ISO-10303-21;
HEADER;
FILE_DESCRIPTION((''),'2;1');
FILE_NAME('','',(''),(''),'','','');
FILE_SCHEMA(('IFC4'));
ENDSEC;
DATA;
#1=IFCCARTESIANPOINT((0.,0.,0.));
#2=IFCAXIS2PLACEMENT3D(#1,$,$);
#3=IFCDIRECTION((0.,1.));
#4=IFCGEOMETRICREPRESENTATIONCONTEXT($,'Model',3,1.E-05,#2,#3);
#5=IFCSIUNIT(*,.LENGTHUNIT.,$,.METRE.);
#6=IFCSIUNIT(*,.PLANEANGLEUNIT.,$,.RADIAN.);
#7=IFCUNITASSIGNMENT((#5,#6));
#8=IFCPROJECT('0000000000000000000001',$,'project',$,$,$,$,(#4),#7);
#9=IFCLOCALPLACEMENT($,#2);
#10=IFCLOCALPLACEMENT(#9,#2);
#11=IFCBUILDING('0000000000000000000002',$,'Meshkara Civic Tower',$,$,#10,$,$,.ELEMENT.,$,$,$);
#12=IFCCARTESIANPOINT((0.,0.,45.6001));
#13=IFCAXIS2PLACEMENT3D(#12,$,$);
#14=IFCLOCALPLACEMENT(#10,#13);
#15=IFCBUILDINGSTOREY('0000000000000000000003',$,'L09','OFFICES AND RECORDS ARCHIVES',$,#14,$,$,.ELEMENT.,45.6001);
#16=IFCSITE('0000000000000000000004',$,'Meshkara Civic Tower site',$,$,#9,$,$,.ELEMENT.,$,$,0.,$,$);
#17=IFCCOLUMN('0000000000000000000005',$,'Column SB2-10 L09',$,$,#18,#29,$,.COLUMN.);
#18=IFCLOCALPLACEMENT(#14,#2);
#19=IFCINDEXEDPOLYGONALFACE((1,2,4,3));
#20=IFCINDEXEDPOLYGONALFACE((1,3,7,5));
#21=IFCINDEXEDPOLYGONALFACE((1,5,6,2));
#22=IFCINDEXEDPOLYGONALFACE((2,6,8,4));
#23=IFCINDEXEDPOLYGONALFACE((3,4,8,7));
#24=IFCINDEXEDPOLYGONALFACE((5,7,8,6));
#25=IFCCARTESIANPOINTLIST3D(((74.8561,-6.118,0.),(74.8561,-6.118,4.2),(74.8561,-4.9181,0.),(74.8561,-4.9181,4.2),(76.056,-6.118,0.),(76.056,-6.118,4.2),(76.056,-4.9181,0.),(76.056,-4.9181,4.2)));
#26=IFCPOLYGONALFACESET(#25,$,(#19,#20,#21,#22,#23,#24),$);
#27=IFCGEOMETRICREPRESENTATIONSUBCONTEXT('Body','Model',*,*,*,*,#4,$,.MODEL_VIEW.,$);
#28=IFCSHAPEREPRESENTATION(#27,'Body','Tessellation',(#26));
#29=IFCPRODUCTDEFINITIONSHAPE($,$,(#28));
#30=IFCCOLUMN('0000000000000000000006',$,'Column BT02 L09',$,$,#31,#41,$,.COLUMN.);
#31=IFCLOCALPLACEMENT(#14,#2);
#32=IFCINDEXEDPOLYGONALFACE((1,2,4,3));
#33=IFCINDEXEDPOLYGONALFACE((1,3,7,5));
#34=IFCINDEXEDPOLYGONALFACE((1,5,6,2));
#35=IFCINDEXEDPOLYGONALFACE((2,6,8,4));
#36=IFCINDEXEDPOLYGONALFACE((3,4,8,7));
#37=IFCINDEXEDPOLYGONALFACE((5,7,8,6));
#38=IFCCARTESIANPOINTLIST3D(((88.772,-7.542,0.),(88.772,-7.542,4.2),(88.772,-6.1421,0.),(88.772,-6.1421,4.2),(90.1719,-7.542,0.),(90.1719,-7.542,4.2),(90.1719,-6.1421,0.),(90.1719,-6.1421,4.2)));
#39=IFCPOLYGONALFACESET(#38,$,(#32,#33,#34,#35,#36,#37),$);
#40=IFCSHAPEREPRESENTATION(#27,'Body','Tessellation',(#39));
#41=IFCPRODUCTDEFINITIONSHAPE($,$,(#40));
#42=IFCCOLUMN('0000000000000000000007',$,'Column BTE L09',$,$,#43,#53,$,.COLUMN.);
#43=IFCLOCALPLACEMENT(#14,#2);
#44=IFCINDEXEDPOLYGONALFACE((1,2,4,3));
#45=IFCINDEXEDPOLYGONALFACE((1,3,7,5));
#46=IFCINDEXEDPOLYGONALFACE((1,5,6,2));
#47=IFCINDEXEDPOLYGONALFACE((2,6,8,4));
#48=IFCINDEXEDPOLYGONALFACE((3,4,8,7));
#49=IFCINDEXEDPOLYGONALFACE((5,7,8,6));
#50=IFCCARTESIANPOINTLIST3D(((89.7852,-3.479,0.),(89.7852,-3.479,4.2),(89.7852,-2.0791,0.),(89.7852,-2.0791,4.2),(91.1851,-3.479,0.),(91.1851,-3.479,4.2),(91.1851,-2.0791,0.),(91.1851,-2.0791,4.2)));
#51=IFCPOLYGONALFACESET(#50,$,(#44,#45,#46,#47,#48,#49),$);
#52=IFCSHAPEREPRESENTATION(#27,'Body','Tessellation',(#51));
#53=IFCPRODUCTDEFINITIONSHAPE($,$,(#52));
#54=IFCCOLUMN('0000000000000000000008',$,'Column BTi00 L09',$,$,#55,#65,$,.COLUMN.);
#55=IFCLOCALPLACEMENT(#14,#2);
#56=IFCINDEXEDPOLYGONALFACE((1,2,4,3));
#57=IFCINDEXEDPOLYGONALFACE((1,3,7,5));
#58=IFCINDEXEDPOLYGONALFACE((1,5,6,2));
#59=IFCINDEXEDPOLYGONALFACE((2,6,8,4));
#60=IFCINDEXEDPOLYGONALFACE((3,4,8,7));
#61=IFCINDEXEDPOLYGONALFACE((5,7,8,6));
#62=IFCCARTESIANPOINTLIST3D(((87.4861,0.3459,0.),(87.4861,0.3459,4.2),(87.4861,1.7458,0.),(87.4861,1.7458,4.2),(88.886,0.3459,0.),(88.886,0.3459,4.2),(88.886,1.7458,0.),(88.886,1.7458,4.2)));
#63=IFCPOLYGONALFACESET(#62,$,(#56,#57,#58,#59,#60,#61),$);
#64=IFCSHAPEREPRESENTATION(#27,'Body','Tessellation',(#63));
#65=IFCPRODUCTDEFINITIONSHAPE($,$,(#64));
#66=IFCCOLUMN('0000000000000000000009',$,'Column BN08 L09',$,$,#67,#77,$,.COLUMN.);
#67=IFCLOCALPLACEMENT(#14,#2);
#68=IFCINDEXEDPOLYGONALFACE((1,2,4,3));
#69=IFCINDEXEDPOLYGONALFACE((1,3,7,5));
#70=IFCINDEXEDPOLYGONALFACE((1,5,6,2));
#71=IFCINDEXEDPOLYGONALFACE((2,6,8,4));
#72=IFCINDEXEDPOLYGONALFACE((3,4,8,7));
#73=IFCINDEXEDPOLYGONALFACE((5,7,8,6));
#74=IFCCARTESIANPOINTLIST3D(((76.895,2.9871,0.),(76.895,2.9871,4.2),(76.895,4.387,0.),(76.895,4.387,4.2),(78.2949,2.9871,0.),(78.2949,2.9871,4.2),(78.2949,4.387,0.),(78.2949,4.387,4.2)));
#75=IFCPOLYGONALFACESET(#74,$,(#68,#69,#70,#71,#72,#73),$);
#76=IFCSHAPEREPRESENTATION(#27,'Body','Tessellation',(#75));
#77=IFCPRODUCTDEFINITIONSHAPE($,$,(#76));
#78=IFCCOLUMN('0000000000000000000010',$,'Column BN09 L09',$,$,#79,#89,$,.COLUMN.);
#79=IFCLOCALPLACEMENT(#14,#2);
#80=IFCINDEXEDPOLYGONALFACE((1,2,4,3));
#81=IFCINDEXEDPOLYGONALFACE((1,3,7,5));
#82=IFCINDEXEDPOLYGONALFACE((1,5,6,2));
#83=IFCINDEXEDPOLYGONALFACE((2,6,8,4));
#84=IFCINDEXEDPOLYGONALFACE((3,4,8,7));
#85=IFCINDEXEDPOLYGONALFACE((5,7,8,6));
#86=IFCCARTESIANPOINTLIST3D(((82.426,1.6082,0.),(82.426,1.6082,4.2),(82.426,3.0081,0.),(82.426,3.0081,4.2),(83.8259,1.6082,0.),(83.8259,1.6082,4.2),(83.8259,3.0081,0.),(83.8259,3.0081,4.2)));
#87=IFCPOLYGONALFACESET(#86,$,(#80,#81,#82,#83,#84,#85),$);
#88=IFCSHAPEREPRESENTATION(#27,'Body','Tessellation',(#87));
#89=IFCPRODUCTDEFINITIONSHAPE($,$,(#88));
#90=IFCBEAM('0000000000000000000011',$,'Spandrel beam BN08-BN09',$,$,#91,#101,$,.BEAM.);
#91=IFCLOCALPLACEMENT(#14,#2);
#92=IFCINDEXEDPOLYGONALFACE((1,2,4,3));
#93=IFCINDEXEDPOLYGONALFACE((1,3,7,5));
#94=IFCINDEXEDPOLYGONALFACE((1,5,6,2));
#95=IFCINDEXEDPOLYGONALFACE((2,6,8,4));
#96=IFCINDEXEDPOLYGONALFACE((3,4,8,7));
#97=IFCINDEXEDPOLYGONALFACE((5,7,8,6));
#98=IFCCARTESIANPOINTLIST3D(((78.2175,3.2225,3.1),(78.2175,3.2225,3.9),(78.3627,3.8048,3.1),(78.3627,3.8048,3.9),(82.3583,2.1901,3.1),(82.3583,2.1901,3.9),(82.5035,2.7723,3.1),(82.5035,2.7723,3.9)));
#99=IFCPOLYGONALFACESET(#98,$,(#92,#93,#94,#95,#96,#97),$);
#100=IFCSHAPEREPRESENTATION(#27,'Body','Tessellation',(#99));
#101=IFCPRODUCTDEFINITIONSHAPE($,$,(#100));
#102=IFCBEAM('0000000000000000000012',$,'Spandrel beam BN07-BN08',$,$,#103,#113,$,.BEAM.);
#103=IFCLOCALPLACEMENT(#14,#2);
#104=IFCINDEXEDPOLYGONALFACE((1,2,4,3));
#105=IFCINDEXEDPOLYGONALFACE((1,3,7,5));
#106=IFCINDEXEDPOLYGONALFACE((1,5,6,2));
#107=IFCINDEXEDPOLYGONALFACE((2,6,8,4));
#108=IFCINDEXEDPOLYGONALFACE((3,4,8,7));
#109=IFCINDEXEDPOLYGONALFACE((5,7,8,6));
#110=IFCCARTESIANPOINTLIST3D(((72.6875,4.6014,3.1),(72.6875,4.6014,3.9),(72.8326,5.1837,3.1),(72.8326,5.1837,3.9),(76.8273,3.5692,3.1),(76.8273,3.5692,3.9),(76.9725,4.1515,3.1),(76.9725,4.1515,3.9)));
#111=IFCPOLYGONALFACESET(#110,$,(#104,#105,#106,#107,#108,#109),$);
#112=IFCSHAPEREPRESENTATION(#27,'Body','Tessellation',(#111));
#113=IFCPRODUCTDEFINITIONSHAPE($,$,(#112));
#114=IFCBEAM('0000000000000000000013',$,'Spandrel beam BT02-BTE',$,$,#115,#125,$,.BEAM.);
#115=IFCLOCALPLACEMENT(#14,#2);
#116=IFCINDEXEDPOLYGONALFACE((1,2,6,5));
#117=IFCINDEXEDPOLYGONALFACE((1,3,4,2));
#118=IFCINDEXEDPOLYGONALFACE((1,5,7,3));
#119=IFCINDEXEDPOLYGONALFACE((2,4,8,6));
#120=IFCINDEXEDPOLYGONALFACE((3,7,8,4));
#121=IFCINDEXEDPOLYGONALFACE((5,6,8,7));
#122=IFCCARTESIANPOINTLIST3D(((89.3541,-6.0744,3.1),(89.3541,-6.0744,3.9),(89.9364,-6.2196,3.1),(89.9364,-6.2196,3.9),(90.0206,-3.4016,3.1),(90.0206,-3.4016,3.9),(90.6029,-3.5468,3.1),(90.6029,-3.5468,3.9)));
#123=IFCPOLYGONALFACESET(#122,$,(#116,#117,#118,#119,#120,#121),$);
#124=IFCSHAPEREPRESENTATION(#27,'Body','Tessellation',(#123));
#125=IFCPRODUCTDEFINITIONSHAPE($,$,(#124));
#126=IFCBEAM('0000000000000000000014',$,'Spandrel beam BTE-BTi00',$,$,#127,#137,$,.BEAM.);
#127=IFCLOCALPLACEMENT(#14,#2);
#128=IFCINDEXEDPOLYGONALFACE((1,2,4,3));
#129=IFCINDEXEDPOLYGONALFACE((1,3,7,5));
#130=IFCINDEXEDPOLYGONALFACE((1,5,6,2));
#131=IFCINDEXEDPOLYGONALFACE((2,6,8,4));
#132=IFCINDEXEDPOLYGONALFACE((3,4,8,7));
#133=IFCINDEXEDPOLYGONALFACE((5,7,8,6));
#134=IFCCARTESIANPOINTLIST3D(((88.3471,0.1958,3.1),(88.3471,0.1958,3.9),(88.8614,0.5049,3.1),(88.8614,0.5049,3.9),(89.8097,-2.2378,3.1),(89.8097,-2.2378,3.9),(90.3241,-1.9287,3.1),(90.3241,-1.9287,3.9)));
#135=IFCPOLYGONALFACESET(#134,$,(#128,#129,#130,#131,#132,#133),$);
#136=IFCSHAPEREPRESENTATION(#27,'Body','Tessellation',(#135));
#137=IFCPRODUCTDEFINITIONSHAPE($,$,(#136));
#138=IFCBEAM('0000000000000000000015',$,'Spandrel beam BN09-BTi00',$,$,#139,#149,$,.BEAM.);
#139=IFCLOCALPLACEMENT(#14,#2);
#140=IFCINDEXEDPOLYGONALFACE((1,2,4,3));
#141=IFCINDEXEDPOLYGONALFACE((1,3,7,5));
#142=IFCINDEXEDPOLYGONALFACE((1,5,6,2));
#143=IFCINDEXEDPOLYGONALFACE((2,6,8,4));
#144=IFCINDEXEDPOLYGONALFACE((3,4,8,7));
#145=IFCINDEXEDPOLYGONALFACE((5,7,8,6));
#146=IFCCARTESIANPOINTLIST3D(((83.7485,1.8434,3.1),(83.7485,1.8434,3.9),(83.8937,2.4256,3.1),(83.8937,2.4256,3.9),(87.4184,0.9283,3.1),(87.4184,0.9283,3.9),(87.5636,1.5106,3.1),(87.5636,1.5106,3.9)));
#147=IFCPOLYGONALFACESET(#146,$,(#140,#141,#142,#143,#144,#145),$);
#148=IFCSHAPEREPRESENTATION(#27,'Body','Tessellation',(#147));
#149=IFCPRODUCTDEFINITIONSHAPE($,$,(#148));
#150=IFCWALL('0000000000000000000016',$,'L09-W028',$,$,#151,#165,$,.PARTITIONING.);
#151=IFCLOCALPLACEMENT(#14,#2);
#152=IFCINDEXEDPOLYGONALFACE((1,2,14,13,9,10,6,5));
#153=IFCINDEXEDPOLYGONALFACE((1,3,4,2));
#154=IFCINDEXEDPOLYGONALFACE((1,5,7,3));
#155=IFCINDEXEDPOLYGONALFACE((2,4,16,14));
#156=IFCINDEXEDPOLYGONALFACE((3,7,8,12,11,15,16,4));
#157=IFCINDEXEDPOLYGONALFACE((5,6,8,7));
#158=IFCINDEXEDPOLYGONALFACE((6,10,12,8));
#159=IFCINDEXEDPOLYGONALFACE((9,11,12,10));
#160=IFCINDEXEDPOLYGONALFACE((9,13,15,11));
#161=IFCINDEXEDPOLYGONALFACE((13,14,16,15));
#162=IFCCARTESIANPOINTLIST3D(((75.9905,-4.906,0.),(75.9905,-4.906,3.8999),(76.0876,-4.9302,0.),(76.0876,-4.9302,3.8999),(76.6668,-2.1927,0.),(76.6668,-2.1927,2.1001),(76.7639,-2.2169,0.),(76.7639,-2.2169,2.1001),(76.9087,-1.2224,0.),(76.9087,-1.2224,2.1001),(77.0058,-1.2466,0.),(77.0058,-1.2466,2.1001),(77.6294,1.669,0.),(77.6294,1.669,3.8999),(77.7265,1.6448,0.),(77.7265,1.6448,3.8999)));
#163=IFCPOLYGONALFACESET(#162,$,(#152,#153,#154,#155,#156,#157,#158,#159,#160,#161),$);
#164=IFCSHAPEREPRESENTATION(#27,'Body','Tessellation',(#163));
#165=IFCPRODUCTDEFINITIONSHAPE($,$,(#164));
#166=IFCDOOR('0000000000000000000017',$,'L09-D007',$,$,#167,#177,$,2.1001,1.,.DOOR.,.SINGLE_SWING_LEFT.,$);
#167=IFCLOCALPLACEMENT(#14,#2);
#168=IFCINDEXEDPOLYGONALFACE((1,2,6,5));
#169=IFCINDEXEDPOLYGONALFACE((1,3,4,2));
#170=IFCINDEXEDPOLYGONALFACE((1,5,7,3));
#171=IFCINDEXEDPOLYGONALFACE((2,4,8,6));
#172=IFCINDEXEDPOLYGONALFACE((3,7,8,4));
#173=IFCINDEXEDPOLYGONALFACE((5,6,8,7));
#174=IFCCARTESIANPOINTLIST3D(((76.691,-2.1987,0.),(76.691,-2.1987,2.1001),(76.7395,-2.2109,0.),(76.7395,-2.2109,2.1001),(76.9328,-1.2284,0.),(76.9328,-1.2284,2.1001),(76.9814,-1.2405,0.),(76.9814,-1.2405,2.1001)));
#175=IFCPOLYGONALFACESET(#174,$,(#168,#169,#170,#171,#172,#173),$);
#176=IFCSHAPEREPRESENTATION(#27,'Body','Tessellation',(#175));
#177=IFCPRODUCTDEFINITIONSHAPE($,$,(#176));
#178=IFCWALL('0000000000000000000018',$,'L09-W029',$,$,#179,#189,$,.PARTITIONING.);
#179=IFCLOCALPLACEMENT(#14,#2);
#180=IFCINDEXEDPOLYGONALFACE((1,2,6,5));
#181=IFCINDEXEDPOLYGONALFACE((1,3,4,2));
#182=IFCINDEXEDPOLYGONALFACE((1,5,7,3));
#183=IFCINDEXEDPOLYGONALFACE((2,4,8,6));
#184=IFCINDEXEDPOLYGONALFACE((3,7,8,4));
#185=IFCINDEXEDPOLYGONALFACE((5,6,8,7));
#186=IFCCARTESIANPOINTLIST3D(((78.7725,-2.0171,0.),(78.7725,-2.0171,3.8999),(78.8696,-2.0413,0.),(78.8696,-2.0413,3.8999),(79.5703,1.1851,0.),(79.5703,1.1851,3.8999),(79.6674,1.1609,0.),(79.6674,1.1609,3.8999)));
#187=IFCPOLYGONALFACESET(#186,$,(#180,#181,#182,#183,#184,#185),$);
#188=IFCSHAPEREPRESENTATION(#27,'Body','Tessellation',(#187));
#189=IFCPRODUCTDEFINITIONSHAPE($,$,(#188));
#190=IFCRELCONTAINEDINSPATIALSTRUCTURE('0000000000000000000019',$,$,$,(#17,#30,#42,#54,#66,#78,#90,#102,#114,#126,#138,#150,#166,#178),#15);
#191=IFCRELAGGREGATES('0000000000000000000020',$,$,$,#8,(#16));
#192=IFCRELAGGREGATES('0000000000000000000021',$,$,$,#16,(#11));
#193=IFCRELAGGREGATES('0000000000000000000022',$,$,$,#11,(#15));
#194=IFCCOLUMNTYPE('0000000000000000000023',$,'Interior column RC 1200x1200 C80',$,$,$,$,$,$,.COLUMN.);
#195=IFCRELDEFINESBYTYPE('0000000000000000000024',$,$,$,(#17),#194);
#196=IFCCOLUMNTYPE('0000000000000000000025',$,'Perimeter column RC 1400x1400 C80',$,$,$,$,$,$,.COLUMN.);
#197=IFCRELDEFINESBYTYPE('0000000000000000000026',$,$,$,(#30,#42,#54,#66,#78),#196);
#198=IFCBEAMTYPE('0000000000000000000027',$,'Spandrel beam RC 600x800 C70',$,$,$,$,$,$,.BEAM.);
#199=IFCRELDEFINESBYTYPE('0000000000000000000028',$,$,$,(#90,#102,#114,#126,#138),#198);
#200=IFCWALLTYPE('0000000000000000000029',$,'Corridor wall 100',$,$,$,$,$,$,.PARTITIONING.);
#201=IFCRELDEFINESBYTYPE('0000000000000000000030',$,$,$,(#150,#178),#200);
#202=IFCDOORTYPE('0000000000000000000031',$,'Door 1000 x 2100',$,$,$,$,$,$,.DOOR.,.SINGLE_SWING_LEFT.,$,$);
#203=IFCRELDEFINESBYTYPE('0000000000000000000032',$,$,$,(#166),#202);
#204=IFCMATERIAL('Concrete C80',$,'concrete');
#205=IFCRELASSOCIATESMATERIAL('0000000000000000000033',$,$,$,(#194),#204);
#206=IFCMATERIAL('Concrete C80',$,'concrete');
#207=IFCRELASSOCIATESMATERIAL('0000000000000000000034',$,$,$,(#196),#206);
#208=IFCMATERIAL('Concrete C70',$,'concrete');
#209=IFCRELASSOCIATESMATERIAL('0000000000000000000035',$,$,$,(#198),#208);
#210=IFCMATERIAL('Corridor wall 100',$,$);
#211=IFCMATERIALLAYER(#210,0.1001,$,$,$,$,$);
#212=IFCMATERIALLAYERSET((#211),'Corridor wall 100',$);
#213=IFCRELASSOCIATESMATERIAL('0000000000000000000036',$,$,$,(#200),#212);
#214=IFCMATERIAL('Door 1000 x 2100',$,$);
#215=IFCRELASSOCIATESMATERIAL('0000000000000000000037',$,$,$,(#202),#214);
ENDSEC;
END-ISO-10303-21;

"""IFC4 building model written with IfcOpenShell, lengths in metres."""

from ifc_helpers import new_model, si_unit, direction, frame, frame_2d, origin, origin_2d, place, context, subcontext, project, spatial, rectangle, extrude, material, layer, layer_set, material_profile, profile_set, type_object, element, fill, save


model = new_model("IFC4")

# Units and contexts
model_context = context("Model", 3, precision=1e-05, world=origin(), true_north=direction((0.0, 1.0)))
body_context = subcontext(model_context, "Body", "Model", "MODEL_VIEW")
ifc_project = project(units=[si_unit("LENGTHUNIT", "METRE"), si_unit("PLANEANGLEUNIT", "RADIAN")], contexts=[model_context])

# Site, building, storey
site_placement = place(None, origin())
site = spatial("IfcSite", under=ifc_project, at=site_placement, Name="Meshkara Civic Tower site", CompositionType="ELEMENT", RefElevation=0.0)
building_placement = place(site_placement, origin())
building = spatial("IfcBuilding", under=site, at=building_placement, Name="Meshkara Civic Tower", CompositionType="ELEMENT")
storey_placement = place(building_placement, frame((0.0, 0.0, 45.6001)))
storey = spatial("IfcBuildingStorey", under=building, at=storey_placement, Name="L09", Description="OFFICES AND RECORDS ARCHIVES", CompositionType="ELEMENT", Elevation=45.6001)

# Columns
ifc_material_1 = material(Name="Concrete C80", Category="concrete")
ifc_material_profile_1 = material_profile(ifc_material_1, rectangle(XDim=1.2, YDim=1.2, at=origin_2d()))
ifc_profile_set_1 = profile_set([ifc_material_profile_1], Name="Concrete C80")
column_type_1 = type_object("IfcColumnType", Name="Interior column RC 1200x1200 C80", PredefinedType="COLUMN", material=ifc_profile_set_1)
column_placement = place(storey_placement, frame((75.4561, -5.5181, 0.0), z_axis=(0.0, 0.0, 1.0), x_axis=(1.0, 0.0, 0.0)))
element("IfcColumn", 1, at=column_placement, inside=storey, type_object=column_type_1, Name="Column SB2-10 L09", PredefinedType="COLUMN", context=body_context, shape_type="SweptSolid", body=[
    extrude(rectangle(XDim=1.2, YDim=1.2, at=origin_2d()), origin(), (0.0, 0.0, 1.0), 4.2),
])
ifc_material_2 = material(Name="Concrete C80", Category="concrete")
ifc_material_profile_2 = material_profile(ifc_material_2, rectangle(XDim=1.3999, YDim=1.3999, at=origin_2d()))
ifc_profile_set_2 = profile_set([ifc_material_profile_2], Name="Concrete C80")
column_type_2 = type_object("IfcColumnType", Name="Perimeter column RC 1400x1400 C80", PredefinedType="COLUMN", material=ifc_profile_set_2)
for number, where, z_axis, x_axis, name in (
    (2, (89.4719, -6.842, 0.0), (0.0, 0.0, 1.0), (1.0, 0.0, 0.0), "Column BT02 L09"),
    (3, (90.4851, -2.7791, 0.0), (0.0, 0.0, 1.0), (1.0, 0.0, 0.0), "Column BTE L09"),
    (4, (88.186, 1.0459, 0.0), (0.0, 0.0, 1.0), (1.0, 0.0, 0.0), "Column BTi00 L09"),
    (5, (77.595, 3.687, 0.0), (0.0, 0.0, 1.0), (1.0, 0.0, 0.0), "Column BN08 L09"),
    (6, (83.126, 2.3081, 0.0), (0.0, 0.0, 1.0), (1.0, 0.0, 0.0), "Column BN09 L09"),
):
    element("IfcColumn", number, at=place(storey_placement, frame(where, z_axis=z_axis, x_axis=x_axis)), inside=storey, type_object=column_type_2, Name=name, PredefinedType="COLUMN", context=body_context, shape_type="SweptSolid", body=[
        extrude(rectangle(XDim=1.3999, YDim=1.3999, at=origin_2d()), origin(), (0.0, 0.0, 1.0), 4.2),
    ])

# Beams
ifc_material_3 = material(Name="Concrete C70", Category="concrete")
ifc_material_profile_3 = material_profile(ifc_material_3, rectangle(XDim=0.6001, YDim=0.8, at=origin_2d()))
ifc_profile_set_3 = profile_set([ifc_material_profile_3], Name="Concrete C70")
beam_type = type_object("IfcBeamType", Name="Spandrel beam RC 600x800 C70", PredefinedType="BEAM", material=ifc_profile_set_3)
beam_1_placement = place(storey_placement, frame((82.4309, 2.4812, 3.5), z_axis=(-0.970294, 0.24193, 0.0), x_axis=(-0.24193, -0.970294, 0.0)))
element("IfcBeam", 7, at=beam_1_placement, inside=storey, type_object=beam_type, Name="Spandrel beam BN08-BN09", PredefinedType="BEAM", context=body_context, shape_type="SweptSolid", body=[
    extrude(rectangle(XDim=0.6001, YDim=0.8, at=origin_2d()), origin(), (0.0, 0.0, 1.0), 4.2676),
])
beam_2_placement = place(storey_placement, frame((76.8999, 3.8604, 3.5), z_axis=(-0.970294, 0.24193, 0.0), x_axis=(-0.24193, -0.970294, 0.0)))
element("IfcBeam", 8, at=beam_2_placement, inside=storey, type_object=beam_type, Name="Spandrel beam BN07-BN08", PredefinedType="BEAM", context=body_context, shape_type="SweptSolid", body=[
    extrude(rectangle(XDim=0.6001, YDim=0.8, at=origin_2d()), origin(), (0.0, 0.0, 1.0), 4.2666),
])
beam_3_placement = place(storey_placement, frame((89.6453, -6.147, 3.5), z_axis=(0.241952, 0.970288, 0.0), x_axis=(-0.970288, 0.241952, 0.0)))
element("IfcBeam", 9, at=beam_3_placement, inside=storey, type_object=beam_type, Name="Spandrel beam BT02-BTE", PredefinedType="BEAM", context=body_context, shape_type="SweptSolid", body=[
    extrude(rectangle(XDim=0.6001, YDim=0.8, at=origin_2d()), origin(), (0.0, 0.0, 1.0), 2.7546),
])
beam_4_placement = place(storey_placement, frame((90.0669, -2.0833, 3.5), z_axis=(-0.515141, 0.857106, 0.0), x_axis=(-0.857106, -0.515141, 0.0)))
element("IfcBeam", 10, at=beam_4_placement, inside=storey, type_object=beam_type, Name="Spandrel beam BTE-BTi00", PredefinedType="BEAM", context=body_context, shape_type="SweptSolid", body=[
    extrude(rectangle(XDim=0.6001, YDim=0.8, at=origin_2d()), origin(), (0.0, 0.0, 1.0), 2.8394),
])
beam_5_placement = place(storey_placement, frame((87.491, 1.2195, 3.5), z_axis=(-0.970294, 0.241928, 0.0), x_axis=(-0.241928, -0.970294, 0.0)))
element("IfcBeam", 11, at=beam_5_placement, inside=storey, type_object=beam_type, Name="Spandrel beam BN09-BTi00", PredefinedType="BEAM", context=body_context, shape_type="SweptSolid", body=[
    extrude(rectangle(XDim=0.6001, YDim=0.8, at=origin_2d()), origin(), (0.0, 0.0, 1.0), 3.7822),
])

# Wall, opening, door
ifc_material_4 = material(Name="Corridor wall 100")
ifc_layer_1 = layer(ifc_material_4, 0.1001)
ifc_layer_set_1 = layer_set([ifc_layer_1], Name="Corridor wall 100")
wall_type_1 = type_object("IfcWallType", Name="Corridor wall 100", PredefinedType="PARTITIONING", material=ifc_layer_set_1)
wall_1_placement = place(storey_placement, frame((77.678, 1.657, 0.0), z_axis=(0.0, 0.0, 1.0), x_axis=(-0.241866, -0.97031, 0.0)))
wall_1 = element("IfcWall", 12, at=wall_1_placement, inside=storey, type_object=wall_type_1, Name="L09-W028", PredefinedType="PARTITIONING", context=body_context, shape_type="SweptSolid", body=[
    extrude(rectangle(XDim=6.7761, YDim=0.1001, at=frame_2d((3.3882, 0.0))), origin(), (0.0, 0.0, 1.0), 3.8999),
])
opening_1_placement = place(wall_1_placement, frame((2.98, 0.0, 0.0)))
opening_1 = element("IfcOpeningElement", 13, at=opening_1_placement, cuts=wall_1, PredefinedType="OPENING", context=body_context, shape_type="SweptSolid", body=[
    extrude(rectangle(XDim=1.0, YDim=2.1001, at=frame_2d((0.5, 1.05))), frame((0.0, 0.0601, 0.0), z_axis=(0.0, -1.0, 0.0), x_axis=(1.0, 0.0, 0.0)), (0.0, 0.0, 1.0), 0.1201),
])
ifc_material_5 = material(Name="Door 1000 x 2100")
door_type = type_object("IfcDoorType", Name="Door 1000 x 2100", OperationType="SINGLE_SWING_LEFT", PredefinedType="DOOR", material=ifc_material_5)
door_1_placement = place(opening_1_placement, origin())
door_1 = element("IfcDoor", 14, at=door_1_placement, inside=storey, type_object=door_type, Name="L09-D007", OperationType="SINGLE_SWING_LEFT", OverallHeight=2.1001, OverallWidth=1.0, PredefinedType="DOOR", context=body_context, shape_type="SweptSolid", body=[
    extrude(rectangle(XDim=1.0, YDim=2.1001, at=frame_2d((0.5, 1.05))), frame((0.0, 0.0249, 0.0), z_axis=(0.0, -1.0, 0.0), x_axis=(1.0, 0.0, 0.0)), (0.0, 0.0, 1.0), 0.05),
])
fill(opening_1, door_1)

# Wall
wall_2_placement = place(storey_placement, frame((78.821, -2.0291, 0.0), z_axis=(0.0, 0.0, 1.0), x_axis=(0.24177, 0.970334, 0.0)))
element("IfcWall", 15, at=wall_2_placement, inside=storey, type_object=wall_type_1, Name="L09-W029", PredefinedType="PARTITIONING", context=body_context, shape_type="SweptSolid", body=[
    extrude(rectangle(XDim=3.3, YDim=0.1001, at=frame_2d((1.6499, 0.0))), origin(), (0.0, 0.0, 1.0), 3.8999),
])

save(model, "model.ifc")
